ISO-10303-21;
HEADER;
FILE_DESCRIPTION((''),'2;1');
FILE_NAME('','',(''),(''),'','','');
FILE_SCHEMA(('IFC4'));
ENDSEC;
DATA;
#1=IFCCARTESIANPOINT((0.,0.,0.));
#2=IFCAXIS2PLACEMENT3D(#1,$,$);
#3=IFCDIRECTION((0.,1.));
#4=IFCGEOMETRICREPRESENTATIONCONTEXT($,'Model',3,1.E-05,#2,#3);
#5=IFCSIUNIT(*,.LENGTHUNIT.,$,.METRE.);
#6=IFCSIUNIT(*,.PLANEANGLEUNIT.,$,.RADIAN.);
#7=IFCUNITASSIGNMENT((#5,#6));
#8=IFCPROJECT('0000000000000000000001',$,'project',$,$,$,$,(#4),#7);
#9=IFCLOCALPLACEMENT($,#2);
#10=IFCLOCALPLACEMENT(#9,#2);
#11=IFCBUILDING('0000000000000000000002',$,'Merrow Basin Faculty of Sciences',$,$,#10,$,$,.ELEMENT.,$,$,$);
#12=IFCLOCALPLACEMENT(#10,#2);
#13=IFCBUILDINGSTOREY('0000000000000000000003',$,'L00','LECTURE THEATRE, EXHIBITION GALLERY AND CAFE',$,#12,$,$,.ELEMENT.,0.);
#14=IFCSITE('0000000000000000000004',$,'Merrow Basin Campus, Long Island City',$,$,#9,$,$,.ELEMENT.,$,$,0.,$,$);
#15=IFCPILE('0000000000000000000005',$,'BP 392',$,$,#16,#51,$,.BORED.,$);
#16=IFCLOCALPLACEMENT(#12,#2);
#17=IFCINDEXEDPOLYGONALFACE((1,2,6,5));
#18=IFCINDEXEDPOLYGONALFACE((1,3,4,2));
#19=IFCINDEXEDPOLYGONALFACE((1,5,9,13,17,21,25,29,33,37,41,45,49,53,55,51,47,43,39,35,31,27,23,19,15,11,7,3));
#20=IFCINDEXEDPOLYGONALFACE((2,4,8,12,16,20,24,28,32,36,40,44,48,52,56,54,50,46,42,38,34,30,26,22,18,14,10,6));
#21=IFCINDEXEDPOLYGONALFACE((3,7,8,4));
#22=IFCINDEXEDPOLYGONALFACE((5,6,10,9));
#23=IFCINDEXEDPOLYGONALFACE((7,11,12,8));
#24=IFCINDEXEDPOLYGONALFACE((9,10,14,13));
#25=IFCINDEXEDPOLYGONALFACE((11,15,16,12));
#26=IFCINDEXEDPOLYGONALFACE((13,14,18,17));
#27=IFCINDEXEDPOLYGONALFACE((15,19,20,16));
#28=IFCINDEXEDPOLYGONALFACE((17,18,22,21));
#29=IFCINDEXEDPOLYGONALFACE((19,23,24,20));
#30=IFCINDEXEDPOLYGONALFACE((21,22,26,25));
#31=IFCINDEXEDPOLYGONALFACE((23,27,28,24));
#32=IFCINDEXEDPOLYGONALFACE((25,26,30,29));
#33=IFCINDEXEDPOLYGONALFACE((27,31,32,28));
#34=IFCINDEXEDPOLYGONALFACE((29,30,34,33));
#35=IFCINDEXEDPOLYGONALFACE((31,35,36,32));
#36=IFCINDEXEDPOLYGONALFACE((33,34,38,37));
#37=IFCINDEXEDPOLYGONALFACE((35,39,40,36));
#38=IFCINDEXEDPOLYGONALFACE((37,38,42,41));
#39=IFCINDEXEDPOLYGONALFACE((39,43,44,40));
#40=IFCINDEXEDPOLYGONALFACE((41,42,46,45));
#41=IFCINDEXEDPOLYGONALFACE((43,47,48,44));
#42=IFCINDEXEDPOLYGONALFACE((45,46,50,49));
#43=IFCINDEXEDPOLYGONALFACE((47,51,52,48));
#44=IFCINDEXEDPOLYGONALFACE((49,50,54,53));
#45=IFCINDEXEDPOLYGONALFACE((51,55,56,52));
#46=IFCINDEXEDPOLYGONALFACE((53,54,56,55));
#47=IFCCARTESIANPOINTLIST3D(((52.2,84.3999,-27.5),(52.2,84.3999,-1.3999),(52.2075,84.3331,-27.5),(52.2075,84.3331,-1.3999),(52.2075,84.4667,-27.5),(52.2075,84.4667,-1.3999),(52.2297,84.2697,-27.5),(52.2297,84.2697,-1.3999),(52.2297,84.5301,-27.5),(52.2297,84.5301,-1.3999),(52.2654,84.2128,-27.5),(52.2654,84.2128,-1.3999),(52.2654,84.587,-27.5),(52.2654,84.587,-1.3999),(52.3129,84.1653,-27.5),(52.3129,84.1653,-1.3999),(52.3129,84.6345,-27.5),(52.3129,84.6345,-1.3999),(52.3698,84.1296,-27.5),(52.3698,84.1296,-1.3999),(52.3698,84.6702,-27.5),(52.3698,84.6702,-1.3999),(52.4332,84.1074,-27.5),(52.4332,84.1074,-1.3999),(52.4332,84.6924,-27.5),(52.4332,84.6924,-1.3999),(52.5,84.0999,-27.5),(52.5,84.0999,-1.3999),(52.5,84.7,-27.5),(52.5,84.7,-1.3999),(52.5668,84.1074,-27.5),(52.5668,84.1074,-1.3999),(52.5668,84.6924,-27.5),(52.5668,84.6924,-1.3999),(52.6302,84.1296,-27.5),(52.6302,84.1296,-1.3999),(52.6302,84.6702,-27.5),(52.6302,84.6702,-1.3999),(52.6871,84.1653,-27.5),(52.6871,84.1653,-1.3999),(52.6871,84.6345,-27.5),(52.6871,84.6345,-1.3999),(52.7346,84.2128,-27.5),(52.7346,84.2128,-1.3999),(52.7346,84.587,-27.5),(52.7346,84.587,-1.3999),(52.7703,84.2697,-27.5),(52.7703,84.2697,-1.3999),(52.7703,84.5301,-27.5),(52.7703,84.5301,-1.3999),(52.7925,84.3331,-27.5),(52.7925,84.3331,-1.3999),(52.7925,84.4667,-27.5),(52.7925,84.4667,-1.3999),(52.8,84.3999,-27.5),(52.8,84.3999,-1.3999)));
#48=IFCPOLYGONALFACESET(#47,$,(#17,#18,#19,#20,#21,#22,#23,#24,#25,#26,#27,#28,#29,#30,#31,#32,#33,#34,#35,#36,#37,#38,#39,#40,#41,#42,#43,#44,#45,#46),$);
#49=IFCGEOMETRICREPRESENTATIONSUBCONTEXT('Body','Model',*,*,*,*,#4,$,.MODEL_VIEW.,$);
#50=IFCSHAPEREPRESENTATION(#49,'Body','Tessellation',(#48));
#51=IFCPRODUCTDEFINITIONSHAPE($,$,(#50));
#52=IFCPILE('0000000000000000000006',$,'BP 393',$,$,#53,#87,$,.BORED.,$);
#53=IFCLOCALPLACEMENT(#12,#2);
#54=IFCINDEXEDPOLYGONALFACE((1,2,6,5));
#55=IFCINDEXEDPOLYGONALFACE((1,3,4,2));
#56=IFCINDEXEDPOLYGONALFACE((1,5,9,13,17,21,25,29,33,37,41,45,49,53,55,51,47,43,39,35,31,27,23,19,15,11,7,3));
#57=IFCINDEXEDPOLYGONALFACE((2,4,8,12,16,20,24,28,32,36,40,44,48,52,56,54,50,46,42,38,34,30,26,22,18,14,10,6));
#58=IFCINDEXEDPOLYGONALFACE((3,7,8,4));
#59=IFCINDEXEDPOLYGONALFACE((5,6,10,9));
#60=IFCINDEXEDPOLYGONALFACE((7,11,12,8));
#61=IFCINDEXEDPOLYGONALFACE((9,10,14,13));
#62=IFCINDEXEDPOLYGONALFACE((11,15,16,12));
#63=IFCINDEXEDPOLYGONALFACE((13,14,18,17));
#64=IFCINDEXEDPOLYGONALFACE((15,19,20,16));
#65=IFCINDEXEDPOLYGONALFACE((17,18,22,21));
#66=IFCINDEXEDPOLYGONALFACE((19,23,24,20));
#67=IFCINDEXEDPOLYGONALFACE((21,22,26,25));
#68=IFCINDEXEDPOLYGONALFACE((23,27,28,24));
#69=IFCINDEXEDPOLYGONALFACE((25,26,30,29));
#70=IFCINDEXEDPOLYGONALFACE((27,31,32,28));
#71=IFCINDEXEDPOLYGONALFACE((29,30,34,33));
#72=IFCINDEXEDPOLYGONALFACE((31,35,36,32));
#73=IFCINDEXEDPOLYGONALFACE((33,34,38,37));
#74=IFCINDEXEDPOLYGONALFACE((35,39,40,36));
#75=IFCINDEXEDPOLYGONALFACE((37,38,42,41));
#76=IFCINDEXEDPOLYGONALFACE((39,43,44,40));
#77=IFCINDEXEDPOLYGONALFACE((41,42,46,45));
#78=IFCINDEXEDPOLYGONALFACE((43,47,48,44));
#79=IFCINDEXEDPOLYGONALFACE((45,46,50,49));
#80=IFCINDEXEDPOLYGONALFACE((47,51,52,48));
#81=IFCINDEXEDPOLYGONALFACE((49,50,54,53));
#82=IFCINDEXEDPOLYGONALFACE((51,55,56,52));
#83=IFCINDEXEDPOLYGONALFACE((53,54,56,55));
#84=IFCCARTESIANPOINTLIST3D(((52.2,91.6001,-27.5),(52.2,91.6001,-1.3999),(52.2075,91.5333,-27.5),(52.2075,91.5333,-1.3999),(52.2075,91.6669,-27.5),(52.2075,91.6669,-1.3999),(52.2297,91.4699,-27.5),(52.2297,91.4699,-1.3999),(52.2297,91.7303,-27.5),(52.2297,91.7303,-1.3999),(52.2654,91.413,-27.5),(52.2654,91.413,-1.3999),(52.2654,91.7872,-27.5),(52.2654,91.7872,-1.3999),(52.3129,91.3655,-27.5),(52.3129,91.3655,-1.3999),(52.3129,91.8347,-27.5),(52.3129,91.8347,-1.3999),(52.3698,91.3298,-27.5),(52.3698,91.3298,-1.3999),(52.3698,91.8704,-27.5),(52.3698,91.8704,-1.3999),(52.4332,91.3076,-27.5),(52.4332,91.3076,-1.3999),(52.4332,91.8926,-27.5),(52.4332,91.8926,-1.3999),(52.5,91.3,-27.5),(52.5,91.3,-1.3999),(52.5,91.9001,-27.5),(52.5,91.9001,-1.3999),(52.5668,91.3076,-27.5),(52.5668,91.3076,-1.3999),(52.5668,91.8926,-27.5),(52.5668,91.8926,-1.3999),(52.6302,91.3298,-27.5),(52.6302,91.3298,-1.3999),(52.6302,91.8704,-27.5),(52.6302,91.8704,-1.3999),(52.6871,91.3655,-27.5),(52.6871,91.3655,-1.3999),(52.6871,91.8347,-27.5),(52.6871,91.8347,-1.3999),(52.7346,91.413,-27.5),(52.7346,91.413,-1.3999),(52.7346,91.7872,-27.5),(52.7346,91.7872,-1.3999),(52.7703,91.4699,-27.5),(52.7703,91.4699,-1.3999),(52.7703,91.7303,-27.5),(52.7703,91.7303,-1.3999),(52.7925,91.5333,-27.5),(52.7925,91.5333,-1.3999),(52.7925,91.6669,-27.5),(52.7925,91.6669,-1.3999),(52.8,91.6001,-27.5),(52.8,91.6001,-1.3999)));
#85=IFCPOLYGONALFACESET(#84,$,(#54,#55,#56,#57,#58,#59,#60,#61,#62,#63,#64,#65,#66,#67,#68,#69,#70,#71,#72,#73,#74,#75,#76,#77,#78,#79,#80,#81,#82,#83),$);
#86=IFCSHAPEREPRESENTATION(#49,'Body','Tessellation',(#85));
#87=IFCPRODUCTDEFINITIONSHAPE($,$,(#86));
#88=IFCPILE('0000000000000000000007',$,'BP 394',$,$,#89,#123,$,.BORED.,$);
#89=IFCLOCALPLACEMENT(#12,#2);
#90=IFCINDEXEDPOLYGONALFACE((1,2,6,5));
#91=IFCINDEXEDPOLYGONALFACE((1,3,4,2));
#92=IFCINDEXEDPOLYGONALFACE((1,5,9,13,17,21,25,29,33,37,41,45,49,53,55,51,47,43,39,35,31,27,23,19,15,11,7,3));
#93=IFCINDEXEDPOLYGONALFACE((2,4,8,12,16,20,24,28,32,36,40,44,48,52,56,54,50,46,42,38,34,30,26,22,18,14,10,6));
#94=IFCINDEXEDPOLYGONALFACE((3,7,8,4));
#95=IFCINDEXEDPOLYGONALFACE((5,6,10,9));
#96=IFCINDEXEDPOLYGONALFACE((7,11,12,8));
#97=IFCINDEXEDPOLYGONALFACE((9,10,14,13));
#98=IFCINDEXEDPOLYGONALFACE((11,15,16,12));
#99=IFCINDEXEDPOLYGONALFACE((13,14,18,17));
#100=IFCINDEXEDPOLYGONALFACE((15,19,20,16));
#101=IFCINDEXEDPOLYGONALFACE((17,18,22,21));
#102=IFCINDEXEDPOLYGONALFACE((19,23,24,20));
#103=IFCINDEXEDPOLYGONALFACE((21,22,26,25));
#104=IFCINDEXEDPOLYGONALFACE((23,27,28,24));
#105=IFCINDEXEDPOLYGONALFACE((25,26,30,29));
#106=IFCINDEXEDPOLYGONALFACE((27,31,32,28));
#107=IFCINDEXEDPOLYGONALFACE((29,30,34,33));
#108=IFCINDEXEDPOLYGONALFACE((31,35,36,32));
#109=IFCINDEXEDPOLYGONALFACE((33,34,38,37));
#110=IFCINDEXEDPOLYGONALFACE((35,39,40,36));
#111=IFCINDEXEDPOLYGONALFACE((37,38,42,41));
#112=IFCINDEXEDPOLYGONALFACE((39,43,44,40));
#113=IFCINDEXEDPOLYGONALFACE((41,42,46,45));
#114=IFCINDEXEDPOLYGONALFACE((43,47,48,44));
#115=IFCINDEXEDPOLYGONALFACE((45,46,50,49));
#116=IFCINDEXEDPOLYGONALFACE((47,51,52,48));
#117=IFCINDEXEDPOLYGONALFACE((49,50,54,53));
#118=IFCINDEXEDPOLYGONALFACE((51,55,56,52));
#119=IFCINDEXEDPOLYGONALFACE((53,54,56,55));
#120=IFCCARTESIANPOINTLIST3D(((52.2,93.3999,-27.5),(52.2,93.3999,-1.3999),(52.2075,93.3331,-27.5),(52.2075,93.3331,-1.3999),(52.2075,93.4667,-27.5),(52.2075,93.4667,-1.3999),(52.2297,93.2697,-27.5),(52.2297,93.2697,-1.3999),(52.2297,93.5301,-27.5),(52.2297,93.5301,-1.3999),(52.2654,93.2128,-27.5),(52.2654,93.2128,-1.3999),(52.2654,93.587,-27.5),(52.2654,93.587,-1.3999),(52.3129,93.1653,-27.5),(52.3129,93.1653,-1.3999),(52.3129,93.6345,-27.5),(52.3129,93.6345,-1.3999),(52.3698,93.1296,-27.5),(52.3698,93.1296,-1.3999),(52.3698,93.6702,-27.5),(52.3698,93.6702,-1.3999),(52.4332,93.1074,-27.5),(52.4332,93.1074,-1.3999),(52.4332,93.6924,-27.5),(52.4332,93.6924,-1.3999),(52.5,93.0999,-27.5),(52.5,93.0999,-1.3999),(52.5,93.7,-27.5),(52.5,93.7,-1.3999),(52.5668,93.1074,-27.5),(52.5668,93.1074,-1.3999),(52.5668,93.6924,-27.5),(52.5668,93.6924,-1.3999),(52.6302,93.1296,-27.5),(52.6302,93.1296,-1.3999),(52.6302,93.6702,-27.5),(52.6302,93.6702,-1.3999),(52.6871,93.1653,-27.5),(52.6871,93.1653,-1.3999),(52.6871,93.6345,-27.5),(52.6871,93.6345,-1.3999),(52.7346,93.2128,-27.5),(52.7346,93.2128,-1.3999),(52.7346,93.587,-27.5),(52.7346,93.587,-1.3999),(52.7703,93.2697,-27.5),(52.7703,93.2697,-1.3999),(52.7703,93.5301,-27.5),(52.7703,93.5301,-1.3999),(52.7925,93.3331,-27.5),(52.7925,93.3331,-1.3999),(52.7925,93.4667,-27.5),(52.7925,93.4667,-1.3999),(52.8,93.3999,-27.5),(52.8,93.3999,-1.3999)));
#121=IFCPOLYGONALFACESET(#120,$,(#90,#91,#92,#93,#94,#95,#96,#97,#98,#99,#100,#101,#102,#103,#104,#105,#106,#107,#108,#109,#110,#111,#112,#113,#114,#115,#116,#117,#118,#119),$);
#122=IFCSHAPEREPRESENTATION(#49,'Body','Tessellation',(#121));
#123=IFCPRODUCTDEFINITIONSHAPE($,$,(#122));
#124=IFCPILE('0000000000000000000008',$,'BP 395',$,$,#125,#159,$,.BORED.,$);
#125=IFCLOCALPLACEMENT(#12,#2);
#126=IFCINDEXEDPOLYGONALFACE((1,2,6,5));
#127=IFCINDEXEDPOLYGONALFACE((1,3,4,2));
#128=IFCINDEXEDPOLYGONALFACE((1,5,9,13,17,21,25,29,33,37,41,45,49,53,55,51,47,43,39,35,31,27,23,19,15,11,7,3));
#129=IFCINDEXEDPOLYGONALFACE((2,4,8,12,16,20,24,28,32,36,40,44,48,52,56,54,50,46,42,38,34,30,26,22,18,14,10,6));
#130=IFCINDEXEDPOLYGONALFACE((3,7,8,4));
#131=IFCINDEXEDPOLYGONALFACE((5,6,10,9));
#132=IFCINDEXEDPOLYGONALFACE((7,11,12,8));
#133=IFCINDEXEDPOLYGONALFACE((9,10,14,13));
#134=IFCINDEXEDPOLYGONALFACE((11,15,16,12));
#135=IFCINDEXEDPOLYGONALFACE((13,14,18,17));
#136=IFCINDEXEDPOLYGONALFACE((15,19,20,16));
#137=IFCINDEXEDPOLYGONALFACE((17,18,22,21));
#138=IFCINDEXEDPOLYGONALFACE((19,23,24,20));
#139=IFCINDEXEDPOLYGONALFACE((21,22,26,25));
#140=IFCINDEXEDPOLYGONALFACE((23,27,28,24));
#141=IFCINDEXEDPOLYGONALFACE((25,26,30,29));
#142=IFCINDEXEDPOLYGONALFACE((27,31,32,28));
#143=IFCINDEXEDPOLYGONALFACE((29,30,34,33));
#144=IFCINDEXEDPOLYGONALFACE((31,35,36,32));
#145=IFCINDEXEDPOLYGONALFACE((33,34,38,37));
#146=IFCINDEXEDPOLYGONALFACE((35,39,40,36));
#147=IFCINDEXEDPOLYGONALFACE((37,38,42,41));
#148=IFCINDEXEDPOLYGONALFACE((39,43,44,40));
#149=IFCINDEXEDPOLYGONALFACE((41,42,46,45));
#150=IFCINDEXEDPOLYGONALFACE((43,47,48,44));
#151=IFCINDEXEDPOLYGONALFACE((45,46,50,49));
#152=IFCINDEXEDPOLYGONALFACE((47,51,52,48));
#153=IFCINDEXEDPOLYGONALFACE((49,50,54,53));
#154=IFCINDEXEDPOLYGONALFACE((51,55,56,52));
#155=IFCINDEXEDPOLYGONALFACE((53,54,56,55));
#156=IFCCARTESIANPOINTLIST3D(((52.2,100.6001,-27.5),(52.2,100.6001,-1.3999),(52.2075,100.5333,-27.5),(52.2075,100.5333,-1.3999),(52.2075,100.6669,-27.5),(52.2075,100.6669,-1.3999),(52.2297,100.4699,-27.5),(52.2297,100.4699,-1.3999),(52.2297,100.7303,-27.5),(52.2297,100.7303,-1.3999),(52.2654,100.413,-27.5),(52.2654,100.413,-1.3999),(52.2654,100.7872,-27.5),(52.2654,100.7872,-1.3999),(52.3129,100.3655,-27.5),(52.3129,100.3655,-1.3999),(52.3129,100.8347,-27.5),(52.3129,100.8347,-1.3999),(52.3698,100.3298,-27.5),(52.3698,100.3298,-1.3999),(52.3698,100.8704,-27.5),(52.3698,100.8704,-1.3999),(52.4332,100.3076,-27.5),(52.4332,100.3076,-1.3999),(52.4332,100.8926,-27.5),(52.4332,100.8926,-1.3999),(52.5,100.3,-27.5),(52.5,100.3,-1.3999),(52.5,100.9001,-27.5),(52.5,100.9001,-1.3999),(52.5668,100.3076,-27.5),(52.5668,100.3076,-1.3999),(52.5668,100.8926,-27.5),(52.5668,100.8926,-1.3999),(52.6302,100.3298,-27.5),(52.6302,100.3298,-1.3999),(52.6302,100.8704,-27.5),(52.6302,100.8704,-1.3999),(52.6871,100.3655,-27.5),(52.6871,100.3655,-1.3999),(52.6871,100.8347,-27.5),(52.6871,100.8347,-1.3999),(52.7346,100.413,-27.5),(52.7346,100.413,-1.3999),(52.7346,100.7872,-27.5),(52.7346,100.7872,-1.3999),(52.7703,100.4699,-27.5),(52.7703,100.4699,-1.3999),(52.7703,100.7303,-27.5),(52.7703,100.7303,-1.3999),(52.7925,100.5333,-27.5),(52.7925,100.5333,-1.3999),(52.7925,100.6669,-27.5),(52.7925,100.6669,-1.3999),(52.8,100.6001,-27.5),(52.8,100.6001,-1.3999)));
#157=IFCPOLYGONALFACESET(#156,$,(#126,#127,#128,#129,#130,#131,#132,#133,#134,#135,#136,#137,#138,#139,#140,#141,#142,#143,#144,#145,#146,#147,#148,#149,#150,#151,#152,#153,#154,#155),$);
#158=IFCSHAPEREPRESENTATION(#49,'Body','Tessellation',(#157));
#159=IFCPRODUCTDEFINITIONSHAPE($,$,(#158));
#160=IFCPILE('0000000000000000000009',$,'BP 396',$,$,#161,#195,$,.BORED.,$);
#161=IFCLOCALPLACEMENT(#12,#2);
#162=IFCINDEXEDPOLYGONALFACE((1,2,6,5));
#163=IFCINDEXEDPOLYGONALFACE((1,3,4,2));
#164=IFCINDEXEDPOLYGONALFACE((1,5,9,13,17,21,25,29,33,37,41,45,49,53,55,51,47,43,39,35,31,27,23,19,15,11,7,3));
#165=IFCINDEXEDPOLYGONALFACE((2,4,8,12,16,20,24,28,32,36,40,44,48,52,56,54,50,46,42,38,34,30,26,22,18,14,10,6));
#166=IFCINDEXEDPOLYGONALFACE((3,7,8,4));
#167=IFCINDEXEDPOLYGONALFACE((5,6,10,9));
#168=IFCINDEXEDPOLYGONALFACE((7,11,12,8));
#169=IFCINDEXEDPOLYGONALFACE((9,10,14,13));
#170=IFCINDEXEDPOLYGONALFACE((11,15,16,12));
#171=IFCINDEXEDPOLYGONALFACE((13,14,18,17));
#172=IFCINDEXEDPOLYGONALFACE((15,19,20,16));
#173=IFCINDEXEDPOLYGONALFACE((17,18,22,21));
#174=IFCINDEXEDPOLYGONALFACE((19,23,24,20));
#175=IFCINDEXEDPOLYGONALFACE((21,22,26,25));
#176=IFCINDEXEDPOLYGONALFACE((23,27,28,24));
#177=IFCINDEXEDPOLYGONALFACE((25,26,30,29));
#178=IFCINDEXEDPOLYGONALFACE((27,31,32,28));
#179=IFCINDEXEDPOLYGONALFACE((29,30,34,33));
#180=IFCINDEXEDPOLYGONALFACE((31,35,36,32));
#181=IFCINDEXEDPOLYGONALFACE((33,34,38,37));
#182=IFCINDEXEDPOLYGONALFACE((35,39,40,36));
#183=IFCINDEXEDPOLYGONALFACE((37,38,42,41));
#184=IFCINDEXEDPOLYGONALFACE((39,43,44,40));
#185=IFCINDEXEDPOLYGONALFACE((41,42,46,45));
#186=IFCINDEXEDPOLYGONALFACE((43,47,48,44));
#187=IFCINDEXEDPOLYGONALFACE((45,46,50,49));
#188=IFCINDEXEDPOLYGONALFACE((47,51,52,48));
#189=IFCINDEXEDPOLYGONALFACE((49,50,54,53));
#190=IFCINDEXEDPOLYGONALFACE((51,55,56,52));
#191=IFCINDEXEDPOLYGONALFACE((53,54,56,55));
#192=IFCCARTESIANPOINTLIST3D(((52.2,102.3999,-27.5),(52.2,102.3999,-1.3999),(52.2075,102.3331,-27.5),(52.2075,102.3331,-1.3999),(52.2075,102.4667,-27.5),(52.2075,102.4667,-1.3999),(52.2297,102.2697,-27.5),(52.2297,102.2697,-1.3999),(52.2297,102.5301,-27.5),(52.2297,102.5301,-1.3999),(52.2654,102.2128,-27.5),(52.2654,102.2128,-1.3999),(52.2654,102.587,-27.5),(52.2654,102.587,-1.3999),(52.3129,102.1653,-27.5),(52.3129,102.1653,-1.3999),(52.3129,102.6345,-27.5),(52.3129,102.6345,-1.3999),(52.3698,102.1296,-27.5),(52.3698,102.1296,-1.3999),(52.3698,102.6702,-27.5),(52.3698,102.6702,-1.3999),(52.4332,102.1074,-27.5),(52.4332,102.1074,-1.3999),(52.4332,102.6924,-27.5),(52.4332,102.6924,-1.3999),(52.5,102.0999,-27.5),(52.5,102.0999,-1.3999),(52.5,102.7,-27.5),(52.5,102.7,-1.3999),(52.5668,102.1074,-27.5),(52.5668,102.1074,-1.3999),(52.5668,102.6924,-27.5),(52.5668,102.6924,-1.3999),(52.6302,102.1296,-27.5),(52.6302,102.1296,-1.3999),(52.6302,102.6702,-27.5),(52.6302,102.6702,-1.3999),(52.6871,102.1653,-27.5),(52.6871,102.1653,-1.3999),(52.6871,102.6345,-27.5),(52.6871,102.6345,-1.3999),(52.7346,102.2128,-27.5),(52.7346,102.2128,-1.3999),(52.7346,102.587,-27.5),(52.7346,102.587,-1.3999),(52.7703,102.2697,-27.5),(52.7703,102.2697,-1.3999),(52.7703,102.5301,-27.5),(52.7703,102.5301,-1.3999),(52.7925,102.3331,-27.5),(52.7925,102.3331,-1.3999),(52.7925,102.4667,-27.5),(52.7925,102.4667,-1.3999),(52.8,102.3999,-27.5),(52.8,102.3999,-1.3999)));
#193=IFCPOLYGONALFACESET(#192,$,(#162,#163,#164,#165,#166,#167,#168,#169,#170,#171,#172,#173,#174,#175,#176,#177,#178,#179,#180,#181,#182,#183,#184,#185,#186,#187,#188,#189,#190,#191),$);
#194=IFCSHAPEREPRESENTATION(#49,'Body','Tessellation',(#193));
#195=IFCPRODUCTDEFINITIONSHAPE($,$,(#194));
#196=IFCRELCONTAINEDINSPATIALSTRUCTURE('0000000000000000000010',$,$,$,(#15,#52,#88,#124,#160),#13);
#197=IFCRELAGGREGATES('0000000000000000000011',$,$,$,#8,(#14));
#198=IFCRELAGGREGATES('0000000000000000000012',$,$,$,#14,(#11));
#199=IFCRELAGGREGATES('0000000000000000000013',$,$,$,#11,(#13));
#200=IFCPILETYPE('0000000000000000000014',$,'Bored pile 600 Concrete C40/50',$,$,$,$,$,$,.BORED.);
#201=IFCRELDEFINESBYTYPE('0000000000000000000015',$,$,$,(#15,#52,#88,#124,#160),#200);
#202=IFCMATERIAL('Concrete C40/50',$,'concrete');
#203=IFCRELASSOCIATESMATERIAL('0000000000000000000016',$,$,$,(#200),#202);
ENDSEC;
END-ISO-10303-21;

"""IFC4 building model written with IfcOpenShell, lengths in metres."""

from ifc_helpers import new_model, si_unit, direction, frame, origin, origin_2d, place, context, subcontext, project, spatial, circle, extrude, material, material_profile, profile_set, type_object, element, save


model = new_model("IFC4")

# Units and contexts
model_context = context("Model", 3, precision=1e-05, world=origin(), true_north=direction((0.0, 1.0)))
body_context = subcontext(model_context, "Body", "Model", "MODEL_VIEW")
ifc_project = project(units=[si_unit("LENGTHUNIT", "METRE"), si_unit("PLANEANGLEUNIT", "RADIAN")], contexts=[model_context])

# Site, building, storey
site_placement = place(None, origin())
site = spatial("IfcSite", under=ifc_project, at=site_placement, Name="Merrow Basin Campus, Long Island City", CompositionType="ELEMENT", RefElevation=0.0)
building_placement = place(site_placement, origin())
building = spatial("IfcBuilding", under=site, at=building_placement, Name="Merrow Basin Faculty of Sciences", CompositionType="ELEMENT")
storey_placement = place(building_placement, origin())
storey = spatial("IfcBuildingStorey", under=building, at=storey_placement, Name="L00", Description="LECTURE THEATRE, EXHIBITION GALLERY AND CAFE", CompositionType="ELEMENT", Elevation=0.0)

# Piles
ifc_material_1 = material(Name="Concrete C40/50", Category="concrete")
ifc_material_profile_1 = material_profile(ifc_material_1, circle(Radius=0.3, at=origin_2d()))
ifc_profile_set_1 = profile_set([ifc_material_profile_1], Name="Concrete C40/50")
pile_type_1 = type_object("IfcPileType", Name="Bored pile 600 Concrete C40/50", PredefinedType="BORED", material=ifc_profile_set_1)
for number, where, z_axis, x_axis, name in (
    (1, (52.5, 84.3999, -1.3999), (0.0, 0.0, -1.0), (1.0, 0.0, 0.0), "BP 392"),
    (2, (52.5, 91.6001, -1.3999), (0.0, 0.0, -1.0), (1.0, 0.0, 0.0), "BP 393"),
    (3, (52.5, 93.3999, -1.3999), (0.0, 0.0, -1.0), (1.0, 0.0, 0.0), "BP 394"),
    (4, (52.5, 100.6001, -1.3999), (0.0, 0.0, -1.0), (1.0, 0.0, 0.0), "BP 395"),
    (5, (52.5, 102.3999, -1.3999), (0.0, 0.0, -1.0), (1.0, 0.0, 0.0), "BP 396"),
):
    element("IfcPile", number, at=place(storey_placement, frame(where, z_axis=z_axis, x_axis=x_axis)), inside=storey, type_object=pile_type_1, Name=name, PredefinedType="BORED", context=body_context, shape_type="SweptSolid", body=[
        extrude(circle(Radius=0.3, at=origin_2d()), origin(), (0.0, 0.0, 1.0), 26.1001),
    ])

save(model, "model.ifc")
